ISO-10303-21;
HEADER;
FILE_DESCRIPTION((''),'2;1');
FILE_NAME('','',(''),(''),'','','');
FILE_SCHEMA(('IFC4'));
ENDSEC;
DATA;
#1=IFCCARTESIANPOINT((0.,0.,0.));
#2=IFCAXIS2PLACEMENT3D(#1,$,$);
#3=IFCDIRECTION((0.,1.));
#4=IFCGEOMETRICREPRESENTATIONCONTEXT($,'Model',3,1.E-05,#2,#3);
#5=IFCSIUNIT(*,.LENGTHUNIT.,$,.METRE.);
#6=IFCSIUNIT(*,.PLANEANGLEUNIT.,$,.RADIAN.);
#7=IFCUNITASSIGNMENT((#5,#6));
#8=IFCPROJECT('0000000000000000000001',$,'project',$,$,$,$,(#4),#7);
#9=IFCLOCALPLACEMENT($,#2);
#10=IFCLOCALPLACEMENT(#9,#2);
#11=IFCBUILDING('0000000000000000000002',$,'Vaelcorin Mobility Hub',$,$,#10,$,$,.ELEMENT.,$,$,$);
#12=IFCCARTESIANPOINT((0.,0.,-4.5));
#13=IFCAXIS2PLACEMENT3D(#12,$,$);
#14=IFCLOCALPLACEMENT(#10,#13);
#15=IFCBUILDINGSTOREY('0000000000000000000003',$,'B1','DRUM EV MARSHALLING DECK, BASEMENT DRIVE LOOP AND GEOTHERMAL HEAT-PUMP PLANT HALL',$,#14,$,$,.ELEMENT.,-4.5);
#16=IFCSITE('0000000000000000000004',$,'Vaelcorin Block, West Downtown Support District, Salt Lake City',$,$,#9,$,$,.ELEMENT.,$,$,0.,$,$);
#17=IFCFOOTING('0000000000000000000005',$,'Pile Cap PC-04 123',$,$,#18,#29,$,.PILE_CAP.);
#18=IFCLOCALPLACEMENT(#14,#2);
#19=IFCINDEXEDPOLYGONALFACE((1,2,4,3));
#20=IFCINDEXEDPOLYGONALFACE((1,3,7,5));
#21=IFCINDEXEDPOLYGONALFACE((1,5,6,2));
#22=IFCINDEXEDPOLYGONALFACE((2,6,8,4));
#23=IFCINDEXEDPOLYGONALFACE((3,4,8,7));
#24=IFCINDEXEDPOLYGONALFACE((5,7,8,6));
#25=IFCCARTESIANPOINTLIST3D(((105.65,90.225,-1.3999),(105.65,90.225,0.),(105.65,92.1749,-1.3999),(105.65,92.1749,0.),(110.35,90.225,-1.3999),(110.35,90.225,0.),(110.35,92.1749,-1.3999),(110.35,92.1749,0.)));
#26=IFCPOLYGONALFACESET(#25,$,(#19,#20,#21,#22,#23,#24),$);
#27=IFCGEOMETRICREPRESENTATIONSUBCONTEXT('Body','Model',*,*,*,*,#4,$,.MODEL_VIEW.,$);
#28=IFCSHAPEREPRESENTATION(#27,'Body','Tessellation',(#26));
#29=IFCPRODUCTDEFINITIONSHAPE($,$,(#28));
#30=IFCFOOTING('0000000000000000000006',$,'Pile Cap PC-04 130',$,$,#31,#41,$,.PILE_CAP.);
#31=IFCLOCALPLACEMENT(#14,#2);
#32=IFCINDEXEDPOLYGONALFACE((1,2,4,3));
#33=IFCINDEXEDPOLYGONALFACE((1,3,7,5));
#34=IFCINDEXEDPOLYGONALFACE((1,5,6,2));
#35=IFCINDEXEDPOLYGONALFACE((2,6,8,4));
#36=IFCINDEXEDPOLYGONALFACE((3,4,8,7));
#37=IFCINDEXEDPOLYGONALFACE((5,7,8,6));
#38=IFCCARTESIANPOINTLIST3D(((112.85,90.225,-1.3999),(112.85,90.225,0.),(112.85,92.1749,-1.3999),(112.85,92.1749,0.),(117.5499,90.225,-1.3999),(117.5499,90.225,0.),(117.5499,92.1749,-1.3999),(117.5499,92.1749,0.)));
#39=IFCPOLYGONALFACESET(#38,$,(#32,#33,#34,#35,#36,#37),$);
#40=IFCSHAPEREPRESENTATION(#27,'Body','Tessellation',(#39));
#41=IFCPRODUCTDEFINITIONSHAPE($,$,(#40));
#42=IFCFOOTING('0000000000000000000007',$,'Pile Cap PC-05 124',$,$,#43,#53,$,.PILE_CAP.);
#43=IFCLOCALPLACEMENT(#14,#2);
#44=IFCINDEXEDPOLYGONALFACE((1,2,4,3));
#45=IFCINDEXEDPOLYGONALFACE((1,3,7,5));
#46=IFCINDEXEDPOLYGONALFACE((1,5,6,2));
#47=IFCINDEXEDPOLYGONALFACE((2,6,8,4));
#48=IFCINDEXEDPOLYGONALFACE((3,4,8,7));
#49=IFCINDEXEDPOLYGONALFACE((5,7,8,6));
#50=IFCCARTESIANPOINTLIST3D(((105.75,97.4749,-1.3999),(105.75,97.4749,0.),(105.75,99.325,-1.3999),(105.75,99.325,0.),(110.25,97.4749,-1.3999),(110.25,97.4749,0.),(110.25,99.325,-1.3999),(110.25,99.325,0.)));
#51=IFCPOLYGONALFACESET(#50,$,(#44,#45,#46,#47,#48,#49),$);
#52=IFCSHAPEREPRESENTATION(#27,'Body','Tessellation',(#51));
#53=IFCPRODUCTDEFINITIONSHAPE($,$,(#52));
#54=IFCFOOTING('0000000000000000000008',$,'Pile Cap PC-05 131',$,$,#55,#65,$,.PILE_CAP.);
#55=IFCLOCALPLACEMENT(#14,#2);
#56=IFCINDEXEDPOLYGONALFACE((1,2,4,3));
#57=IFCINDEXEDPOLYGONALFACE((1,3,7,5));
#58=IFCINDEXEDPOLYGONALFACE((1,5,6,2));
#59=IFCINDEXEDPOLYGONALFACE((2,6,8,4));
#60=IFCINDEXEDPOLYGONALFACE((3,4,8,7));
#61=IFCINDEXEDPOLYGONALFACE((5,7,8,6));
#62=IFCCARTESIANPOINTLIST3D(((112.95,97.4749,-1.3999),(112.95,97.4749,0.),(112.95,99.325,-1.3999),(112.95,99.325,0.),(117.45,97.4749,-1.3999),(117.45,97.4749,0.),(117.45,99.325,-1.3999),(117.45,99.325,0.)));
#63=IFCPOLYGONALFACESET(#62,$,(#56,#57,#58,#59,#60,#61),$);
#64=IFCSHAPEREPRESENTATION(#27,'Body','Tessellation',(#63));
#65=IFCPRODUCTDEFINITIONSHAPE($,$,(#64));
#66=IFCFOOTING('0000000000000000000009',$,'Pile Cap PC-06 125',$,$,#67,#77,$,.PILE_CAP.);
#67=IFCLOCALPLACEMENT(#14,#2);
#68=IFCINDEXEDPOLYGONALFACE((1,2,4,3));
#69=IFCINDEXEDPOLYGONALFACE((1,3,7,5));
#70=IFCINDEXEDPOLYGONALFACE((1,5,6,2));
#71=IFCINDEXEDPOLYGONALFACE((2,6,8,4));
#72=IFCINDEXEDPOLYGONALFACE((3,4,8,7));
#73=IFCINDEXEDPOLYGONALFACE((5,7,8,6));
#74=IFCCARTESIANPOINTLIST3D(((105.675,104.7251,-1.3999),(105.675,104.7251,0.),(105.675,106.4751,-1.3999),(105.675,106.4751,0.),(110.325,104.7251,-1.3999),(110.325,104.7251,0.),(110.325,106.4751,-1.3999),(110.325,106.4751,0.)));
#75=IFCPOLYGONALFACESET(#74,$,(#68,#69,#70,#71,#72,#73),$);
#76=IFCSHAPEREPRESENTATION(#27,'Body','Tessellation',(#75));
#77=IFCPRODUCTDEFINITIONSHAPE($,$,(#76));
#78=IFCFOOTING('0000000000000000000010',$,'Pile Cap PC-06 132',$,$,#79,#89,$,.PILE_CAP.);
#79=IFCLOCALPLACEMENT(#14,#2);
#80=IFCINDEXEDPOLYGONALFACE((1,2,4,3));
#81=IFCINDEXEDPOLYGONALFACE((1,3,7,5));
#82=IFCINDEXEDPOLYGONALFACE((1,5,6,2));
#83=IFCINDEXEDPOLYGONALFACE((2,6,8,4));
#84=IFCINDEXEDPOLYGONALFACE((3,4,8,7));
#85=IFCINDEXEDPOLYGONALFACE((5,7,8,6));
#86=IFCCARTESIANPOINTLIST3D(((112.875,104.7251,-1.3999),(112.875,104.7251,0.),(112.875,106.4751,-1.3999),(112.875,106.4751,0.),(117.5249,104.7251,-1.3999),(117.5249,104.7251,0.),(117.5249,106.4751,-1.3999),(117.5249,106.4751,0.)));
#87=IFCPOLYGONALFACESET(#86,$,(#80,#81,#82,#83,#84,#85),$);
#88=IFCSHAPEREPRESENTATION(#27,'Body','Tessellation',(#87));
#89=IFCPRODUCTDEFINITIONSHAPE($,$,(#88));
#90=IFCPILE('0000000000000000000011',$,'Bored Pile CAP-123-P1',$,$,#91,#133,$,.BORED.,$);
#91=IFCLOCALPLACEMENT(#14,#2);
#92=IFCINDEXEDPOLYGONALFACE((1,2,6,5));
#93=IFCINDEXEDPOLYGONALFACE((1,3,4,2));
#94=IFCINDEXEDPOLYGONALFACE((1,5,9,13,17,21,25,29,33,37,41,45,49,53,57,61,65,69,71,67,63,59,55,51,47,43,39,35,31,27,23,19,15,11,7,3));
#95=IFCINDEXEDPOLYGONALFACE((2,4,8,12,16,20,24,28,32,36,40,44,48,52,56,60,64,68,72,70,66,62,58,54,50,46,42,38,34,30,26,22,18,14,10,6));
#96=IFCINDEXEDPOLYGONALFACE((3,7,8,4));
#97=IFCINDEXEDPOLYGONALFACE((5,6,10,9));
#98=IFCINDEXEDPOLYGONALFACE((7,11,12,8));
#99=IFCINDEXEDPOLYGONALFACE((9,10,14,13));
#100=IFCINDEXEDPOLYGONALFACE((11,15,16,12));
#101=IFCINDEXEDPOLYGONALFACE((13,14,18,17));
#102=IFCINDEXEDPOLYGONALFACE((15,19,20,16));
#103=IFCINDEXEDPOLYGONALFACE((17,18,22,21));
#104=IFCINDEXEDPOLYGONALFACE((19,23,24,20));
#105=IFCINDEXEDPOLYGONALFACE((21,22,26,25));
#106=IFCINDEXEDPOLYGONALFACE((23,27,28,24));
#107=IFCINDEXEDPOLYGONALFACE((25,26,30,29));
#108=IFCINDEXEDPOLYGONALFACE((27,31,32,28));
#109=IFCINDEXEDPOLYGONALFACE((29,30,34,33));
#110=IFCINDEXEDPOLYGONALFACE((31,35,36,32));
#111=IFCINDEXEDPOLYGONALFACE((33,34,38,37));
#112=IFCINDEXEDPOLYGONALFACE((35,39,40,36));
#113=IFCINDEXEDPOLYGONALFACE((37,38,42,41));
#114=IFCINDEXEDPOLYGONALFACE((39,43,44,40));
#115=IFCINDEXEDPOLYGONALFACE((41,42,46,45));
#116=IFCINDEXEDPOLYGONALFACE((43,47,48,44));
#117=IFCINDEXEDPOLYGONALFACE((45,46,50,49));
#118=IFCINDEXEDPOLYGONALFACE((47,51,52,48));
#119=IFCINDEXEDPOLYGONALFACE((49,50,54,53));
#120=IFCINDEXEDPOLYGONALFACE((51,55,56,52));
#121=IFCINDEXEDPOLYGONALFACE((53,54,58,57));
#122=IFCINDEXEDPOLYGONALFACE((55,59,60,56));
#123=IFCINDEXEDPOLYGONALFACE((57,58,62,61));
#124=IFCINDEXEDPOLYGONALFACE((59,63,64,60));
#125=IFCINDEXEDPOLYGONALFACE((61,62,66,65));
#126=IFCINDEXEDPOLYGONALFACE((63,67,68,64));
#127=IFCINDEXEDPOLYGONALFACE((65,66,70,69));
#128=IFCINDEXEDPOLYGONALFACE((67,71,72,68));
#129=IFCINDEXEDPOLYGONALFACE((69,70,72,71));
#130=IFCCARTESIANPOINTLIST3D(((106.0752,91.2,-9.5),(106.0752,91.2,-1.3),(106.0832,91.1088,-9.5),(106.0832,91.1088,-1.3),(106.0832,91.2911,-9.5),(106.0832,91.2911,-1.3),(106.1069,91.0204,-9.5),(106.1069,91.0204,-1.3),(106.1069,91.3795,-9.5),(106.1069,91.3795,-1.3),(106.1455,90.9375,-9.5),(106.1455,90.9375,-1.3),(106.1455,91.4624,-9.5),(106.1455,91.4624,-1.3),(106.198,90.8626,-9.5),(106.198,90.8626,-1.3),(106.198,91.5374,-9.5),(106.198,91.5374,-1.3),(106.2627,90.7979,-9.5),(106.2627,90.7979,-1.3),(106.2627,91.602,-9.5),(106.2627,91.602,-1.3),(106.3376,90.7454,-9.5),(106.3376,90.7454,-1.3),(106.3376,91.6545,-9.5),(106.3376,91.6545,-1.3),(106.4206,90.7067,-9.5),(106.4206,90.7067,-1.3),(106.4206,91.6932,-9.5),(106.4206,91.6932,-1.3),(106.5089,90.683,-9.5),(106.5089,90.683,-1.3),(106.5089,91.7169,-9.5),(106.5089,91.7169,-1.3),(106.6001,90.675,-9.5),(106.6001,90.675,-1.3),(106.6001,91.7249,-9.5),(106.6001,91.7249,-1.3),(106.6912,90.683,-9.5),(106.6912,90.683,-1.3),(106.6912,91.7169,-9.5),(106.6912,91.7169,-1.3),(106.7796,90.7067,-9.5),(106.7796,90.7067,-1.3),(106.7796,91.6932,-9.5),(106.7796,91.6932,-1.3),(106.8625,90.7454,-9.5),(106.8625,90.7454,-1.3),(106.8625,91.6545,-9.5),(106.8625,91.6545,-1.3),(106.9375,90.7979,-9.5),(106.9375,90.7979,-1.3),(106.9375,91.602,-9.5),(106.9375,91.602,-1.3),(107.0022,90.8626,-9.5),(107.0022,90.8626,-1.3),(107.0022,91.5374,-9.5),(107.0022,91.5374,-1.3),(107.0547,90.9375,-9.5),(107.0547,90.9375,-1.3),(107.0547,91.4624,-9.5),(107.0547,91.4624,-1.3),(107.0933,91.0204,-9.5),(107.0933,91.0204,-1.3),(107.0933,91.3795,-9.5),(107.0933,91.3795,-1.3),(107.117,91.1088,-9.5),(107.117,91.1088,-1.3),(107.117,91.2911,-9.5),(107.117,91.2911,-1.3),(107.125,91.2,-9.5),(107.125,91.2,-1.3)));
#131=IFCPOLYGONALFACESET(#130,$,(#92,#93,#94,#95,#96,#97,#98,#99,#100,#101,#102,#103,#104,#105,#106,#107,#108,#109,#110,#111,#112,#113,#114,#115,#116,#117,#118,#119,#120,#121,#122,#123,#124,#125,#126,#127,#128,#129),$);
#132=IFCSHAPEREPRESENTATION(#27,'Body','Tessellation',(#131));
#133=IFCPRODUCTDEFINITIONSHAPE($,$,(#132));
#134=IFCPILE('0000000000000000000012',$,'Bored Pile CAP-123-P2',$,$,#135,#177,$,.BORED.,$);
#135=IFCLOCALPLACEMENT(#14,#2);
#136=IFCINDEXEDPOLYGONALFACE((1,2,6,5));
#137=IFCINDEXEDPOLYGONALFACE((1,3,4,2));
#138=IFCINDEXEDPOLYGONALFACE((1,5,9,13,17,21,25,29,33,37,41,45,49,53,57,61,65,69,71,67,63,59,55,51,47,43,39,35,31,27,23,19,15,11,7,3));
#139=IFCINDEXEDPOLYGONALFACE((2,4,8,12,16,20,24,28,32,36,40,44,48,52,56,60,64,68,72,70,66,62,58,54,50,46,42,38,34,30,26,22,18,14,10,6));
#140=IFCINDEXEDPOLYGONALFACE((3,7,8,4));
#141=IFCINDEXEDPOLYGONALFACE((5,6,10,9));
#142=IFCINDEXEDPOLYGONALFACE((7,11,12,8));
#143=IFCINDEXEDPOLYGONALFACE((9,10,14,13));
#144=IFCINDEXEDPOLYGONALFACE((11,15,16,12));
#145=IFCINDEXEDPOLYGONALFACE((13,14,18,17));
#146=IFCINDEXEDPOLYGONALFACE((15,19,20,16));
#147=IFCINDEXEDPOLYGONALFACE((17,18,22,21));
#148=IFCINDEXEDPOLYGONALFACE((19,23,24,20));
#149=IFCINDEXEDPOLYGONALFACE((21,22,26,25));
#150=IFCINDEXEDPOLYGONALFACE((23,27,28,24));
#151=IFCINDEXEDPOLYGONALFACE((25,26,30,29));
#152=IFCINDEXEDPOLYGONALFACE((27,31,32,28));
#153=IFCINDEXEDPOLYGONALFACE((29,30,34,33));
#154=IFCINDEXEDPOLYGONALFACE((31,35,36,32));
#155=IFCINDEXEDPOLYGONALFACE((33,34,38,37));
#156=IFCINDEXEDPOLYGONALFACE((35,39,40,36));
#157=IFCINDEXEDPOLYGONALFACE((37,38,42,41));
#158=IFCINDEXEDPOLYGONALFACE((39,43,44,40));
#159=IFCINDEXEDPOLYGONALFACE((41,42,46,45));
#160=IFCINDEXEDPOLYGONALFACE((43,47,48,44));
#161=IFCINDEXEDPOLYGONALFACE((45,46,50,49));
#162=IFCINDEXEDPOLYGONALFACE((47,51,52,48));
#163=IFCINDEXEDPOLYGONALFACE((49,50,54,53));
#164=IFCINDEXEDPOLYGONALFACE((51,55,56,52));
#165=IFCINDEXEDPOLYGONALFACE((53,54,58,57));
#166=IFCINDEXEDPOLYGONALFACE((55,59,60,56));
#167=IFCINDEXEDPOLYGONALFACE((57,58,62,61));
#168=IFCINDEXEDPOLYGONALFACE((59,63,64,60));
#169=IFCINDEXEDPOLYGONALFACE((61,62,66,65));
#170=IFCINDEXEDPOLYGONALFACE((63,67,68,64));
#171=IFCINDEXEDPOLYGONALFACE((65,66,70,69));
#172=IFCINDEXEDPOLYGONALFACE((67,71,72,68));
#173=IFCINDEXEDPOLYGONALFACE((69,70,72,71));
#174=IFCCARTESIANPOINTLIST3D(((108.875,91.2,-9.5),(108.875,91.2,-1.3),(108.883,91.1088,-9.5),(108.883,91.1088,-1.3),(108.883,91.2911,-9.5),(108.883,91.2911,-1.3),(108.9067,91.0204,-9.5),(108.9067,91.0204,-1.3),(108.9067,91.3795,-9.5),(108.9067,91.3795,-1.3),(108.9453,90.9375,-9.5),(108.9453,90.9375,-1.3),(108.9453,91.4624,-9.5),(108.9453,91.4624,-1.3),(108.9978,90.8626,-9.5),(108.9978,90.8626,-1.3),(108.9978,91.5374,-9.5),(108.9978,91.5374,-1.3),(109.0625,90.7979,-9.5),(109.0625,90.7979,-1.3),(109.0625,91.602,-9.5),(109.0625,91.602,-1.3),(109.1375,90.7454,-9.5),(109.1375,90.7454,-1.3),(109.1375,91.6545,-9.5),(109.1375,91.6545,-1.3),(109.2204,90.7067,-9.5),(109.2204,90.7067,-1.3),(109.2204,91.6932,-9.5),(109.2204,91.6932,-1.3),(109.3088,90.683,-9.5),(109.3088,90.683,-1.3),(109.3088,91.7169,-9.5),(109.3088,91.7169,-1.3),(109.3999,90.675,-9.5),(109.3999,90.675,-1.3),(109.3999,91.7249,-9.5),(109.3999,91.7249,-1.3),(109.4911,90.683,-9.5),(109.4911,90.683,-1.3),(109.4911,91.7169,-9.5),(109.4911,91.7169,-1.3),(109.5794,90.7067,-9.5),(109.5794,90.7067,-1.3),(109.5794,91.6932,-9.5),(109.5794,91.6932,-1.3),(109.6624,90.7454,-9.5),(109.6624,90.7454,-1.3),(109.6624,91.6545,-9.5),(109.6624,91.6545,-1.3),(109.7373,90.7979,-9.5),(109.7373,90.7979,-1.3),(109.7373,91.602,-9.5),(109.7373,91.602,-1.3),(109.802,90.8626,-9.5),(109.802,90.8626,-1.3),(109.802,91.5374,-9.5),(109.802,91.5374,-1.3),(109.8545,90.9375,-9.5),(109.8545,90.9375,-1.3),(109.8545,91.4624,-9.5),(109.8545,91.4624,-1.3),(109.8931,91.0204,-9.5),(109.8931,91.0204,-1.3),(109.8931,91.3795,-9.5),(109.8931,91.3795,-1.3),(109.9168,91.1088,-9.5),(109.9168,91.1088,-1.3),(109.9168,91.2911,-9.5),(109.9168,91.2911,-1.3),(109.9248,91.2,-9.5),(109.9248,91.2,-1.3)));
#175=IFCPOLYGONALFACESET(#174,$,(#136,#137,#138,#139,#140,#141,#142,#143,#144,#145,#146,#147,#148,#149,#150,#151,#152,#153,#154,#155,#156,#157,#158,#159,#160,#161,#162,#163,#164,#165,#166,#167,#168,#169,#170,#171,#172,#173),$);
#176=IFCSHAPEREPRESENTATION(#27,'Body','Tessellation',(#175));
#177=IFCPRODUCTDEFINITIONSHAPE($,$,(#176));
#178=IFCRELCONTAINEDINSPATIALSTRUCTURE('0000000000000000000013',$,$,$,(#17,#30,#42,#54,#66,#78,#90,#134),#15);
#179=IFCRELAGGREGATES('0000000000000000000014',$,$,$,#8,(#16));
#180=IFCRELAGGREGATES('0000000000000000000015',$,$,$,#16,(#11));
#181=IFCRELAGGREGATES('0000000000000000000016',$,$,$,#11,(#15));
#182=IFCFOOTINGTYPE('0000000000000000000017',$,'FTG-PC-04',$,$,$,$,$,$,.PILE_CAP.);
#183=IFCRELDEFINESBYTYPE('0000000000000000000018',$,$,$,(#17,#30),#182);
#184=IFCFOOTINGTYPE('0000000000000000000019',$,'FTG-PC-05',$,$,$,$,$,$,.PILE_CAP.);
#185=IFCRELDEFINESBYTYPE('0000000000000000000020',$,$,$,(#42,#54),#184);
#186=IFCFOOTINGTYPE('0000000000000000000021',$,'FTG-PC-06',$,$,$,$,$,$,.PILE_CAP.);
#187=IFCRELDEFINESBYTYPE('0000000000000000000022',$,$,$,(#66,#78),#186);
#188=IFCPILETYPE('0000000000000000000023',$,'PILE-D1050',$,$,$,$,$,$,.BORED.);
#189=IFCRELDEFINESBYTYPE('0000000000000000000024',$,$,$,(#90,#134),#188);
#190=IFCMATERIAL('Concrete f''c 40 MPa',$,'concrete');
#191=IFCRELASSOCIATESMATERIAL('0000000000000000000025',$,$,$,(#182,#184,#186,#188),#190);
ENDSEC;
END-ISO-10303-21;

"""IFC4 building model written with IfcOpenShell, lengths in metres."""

from ifc_helpers import new_model, si_unit, direction, frame, origin, origin_2d, place, context, subcontext, project, spatial, rectangle, circle, extrude, material, material_profile, profile_set, type_object, element, save


model = new_model("IFC4")

# Units and contexts
model_context = context("Model", 3, precision=1e-05, world=origin(), true_north=direction((0.0, 1.0)))
body_context = subcontext(model_context, "Body", "Model", "MODEL_VIEW")
ifc_project = project(units=[si_unit("LENGTHUNIT", "METRE"), si_unit("PLANEANGLEUNIT", "RADIAN")], contexts=[model_context])

# Site, building, storey
site_placement = place(None, origin())
site = spatial("IfcSite", under=ifc_project, at=site_placement, Name="Vaelcorin Block, West Downtown Support District, Salt Lake City", CompositionType="ELEMENT", RefElevation=0.0)
building_placement = place(site_placement, origin())
building = spatial("IfcBuilding", under=site, at=building_placement, Name="Vaelcorin Mobility Hub", CompositionType="ELEMENT")
storey_placement = place(building_placement, frame((0.0, 0.0, -4.5)))
storey = spatial("IfcBuildingStorey", under=building, at=storey_placement, Name="B1", Description="DRUM EV MARSHALLING DECK, BASEMENT DRIVE LOOP AND GEOTHERMAL HEAT-PUMP PLANT HALL", CompositionType="ELEMENT", Elevation=-4.5)

# Footings
ifc_material_1 = material(Name="Concrete f'c 40 MPa", Category="concrete")
footing_type_1 = type_object("IfcFootingType", Name="FTG-PC-04", PredefinedType="PILE_CAP", material=ifc_material_1)
for number, where, z_axis, x_axis, name in (
    (1, (108.0, 91.2, -1.3999), (0.0, 0.0, 1.0), (1.0, 0.0, 0.0), "Pile Cap PC-04 123"),
    (2, (115.2, 91.2, -1.3999), (0.0, 0.0, 1.0), (1.0, 0.0, 0.0), "Pile Cap PC-04 130"),
):
    element("IfcFooting", number, at=place(storey_placement, frame(where, z_axis=z_axis, x_axis=x_axis)), inside=storey, type_object=footing_type_1, Name=name, PredefinedType="PILE_CAP", context=body_context, shape_type="SweptSolid", body=[
        extrude(rectangle(XDim=4.7, YDim=1.95, at=origin_2d()), origin(), (0.0, 0.0, 1.0), 1.3999),
    ])
footing_type_2 = type_object("IfcFootingType", Name="FTG-PC-05", PredefinedType="PILE_CAP", material=ifc_material_1)
for number, where, z_axis, x_axis, name in (
    (3, (108.0, 98.3999, -1.3999), (0.0, 0.0, 1.0), (1.0, 0.0, 0.0), "Pile Cap PC-05 124"),
    (4, (115.2, 98.3999, -1.3999), (0.0, 0.0, 1.0), (1.0, 0.0, 0.0), "Pile Cap PC-05 131"),
):
    element("IfcFooting", number, at=place(storey_placement, frame(where, z_axis=z_axis, x_axis=x_axis)), inside=storey, type_object=footing_type_2, Name=name, PredefinedType="PILE_CAP", context=body_context, shape_type="SweptSolid", body=[
        extrude(rectangle(XDim=4.5, YDim=1.8501, at=origin_2d()), origin(), (0.0, 0.0, 1.0), 1.3999),
    ])
footing_type_3 = type_object("IfcFootingType", Name="FTG-PC-06", PredefinedType="PILE_CAP", material=ifc_material_1)
for number, where, z_axis, x_axis, name in (
    (5, (108.0, 105.6001, -1.3999), (0.0, 0.0, 1.0), (1.0, 0.0, 0.0), "Pile Cap PC-06 125"),
    (6, (115.2, 105.6001, -1.3999), (0.0, 0.0, 1.0), (1.0, 0.0, 0.0), "Pile Cap PC-06 132"),
):
    element("IfcFooting", number, at=place(storey_placement, frame(where, z_axis=z_axis, x_axis=x_axis)), inside=storey, type_object=footing_type_3, Name=name, PredefinedType="PILE_CAP", context=body_context, shape_type="SweptSolid", body=[
        extrude(rectangle(XDim=4.6499, YDim=1.75, at=origin_2d()), origin(), (0.0, 0.0, 1.0), 1.3999),
    ])

# Piles
ifc_material_profile_1 = material_profile(ifc_material_1, circle(Radius=0.5249, at=origin_2d()), Name="BP-D1050")
ifc_profile_set_1 = profile_set([ifc_material_profile_1], Name="Concrete f'c 40 MPa")
pile_type = type_object("IfcPileType", Name="PILE-D1050", PredefinedType="BORED", material=ifc_profile_set_1)
for number, where, z_axis, x_axis, name in (
    (7, (106.6001, 91.2, -1.3), (0.0, 0.0, -1.0), (1.0, 0.0, 0.0), "Bored Pile CAP-123-P1"),
    (8, (109.3999, 91.2, -1.3), (0.0, 0.0, -1.0), (1.0, 0.0, 0.0), "Bored Pile CAP-123-P2"),
):
    element("IfcPile", number, at=place(storey_placement, frame(where, z_axis=z_axis, x_axis=x_axis)), inside=storey, type_object=pile_type, Name=name, PredefinedType="BORED", context=body_context, shape_type="SweptSolid", body=[
        extrude(circle(Radius=0.5249, at=origin_2d()), origin(), (0.0, 0.0, 1.0), 8.2),
    ])

save(model, "model.ifc")
